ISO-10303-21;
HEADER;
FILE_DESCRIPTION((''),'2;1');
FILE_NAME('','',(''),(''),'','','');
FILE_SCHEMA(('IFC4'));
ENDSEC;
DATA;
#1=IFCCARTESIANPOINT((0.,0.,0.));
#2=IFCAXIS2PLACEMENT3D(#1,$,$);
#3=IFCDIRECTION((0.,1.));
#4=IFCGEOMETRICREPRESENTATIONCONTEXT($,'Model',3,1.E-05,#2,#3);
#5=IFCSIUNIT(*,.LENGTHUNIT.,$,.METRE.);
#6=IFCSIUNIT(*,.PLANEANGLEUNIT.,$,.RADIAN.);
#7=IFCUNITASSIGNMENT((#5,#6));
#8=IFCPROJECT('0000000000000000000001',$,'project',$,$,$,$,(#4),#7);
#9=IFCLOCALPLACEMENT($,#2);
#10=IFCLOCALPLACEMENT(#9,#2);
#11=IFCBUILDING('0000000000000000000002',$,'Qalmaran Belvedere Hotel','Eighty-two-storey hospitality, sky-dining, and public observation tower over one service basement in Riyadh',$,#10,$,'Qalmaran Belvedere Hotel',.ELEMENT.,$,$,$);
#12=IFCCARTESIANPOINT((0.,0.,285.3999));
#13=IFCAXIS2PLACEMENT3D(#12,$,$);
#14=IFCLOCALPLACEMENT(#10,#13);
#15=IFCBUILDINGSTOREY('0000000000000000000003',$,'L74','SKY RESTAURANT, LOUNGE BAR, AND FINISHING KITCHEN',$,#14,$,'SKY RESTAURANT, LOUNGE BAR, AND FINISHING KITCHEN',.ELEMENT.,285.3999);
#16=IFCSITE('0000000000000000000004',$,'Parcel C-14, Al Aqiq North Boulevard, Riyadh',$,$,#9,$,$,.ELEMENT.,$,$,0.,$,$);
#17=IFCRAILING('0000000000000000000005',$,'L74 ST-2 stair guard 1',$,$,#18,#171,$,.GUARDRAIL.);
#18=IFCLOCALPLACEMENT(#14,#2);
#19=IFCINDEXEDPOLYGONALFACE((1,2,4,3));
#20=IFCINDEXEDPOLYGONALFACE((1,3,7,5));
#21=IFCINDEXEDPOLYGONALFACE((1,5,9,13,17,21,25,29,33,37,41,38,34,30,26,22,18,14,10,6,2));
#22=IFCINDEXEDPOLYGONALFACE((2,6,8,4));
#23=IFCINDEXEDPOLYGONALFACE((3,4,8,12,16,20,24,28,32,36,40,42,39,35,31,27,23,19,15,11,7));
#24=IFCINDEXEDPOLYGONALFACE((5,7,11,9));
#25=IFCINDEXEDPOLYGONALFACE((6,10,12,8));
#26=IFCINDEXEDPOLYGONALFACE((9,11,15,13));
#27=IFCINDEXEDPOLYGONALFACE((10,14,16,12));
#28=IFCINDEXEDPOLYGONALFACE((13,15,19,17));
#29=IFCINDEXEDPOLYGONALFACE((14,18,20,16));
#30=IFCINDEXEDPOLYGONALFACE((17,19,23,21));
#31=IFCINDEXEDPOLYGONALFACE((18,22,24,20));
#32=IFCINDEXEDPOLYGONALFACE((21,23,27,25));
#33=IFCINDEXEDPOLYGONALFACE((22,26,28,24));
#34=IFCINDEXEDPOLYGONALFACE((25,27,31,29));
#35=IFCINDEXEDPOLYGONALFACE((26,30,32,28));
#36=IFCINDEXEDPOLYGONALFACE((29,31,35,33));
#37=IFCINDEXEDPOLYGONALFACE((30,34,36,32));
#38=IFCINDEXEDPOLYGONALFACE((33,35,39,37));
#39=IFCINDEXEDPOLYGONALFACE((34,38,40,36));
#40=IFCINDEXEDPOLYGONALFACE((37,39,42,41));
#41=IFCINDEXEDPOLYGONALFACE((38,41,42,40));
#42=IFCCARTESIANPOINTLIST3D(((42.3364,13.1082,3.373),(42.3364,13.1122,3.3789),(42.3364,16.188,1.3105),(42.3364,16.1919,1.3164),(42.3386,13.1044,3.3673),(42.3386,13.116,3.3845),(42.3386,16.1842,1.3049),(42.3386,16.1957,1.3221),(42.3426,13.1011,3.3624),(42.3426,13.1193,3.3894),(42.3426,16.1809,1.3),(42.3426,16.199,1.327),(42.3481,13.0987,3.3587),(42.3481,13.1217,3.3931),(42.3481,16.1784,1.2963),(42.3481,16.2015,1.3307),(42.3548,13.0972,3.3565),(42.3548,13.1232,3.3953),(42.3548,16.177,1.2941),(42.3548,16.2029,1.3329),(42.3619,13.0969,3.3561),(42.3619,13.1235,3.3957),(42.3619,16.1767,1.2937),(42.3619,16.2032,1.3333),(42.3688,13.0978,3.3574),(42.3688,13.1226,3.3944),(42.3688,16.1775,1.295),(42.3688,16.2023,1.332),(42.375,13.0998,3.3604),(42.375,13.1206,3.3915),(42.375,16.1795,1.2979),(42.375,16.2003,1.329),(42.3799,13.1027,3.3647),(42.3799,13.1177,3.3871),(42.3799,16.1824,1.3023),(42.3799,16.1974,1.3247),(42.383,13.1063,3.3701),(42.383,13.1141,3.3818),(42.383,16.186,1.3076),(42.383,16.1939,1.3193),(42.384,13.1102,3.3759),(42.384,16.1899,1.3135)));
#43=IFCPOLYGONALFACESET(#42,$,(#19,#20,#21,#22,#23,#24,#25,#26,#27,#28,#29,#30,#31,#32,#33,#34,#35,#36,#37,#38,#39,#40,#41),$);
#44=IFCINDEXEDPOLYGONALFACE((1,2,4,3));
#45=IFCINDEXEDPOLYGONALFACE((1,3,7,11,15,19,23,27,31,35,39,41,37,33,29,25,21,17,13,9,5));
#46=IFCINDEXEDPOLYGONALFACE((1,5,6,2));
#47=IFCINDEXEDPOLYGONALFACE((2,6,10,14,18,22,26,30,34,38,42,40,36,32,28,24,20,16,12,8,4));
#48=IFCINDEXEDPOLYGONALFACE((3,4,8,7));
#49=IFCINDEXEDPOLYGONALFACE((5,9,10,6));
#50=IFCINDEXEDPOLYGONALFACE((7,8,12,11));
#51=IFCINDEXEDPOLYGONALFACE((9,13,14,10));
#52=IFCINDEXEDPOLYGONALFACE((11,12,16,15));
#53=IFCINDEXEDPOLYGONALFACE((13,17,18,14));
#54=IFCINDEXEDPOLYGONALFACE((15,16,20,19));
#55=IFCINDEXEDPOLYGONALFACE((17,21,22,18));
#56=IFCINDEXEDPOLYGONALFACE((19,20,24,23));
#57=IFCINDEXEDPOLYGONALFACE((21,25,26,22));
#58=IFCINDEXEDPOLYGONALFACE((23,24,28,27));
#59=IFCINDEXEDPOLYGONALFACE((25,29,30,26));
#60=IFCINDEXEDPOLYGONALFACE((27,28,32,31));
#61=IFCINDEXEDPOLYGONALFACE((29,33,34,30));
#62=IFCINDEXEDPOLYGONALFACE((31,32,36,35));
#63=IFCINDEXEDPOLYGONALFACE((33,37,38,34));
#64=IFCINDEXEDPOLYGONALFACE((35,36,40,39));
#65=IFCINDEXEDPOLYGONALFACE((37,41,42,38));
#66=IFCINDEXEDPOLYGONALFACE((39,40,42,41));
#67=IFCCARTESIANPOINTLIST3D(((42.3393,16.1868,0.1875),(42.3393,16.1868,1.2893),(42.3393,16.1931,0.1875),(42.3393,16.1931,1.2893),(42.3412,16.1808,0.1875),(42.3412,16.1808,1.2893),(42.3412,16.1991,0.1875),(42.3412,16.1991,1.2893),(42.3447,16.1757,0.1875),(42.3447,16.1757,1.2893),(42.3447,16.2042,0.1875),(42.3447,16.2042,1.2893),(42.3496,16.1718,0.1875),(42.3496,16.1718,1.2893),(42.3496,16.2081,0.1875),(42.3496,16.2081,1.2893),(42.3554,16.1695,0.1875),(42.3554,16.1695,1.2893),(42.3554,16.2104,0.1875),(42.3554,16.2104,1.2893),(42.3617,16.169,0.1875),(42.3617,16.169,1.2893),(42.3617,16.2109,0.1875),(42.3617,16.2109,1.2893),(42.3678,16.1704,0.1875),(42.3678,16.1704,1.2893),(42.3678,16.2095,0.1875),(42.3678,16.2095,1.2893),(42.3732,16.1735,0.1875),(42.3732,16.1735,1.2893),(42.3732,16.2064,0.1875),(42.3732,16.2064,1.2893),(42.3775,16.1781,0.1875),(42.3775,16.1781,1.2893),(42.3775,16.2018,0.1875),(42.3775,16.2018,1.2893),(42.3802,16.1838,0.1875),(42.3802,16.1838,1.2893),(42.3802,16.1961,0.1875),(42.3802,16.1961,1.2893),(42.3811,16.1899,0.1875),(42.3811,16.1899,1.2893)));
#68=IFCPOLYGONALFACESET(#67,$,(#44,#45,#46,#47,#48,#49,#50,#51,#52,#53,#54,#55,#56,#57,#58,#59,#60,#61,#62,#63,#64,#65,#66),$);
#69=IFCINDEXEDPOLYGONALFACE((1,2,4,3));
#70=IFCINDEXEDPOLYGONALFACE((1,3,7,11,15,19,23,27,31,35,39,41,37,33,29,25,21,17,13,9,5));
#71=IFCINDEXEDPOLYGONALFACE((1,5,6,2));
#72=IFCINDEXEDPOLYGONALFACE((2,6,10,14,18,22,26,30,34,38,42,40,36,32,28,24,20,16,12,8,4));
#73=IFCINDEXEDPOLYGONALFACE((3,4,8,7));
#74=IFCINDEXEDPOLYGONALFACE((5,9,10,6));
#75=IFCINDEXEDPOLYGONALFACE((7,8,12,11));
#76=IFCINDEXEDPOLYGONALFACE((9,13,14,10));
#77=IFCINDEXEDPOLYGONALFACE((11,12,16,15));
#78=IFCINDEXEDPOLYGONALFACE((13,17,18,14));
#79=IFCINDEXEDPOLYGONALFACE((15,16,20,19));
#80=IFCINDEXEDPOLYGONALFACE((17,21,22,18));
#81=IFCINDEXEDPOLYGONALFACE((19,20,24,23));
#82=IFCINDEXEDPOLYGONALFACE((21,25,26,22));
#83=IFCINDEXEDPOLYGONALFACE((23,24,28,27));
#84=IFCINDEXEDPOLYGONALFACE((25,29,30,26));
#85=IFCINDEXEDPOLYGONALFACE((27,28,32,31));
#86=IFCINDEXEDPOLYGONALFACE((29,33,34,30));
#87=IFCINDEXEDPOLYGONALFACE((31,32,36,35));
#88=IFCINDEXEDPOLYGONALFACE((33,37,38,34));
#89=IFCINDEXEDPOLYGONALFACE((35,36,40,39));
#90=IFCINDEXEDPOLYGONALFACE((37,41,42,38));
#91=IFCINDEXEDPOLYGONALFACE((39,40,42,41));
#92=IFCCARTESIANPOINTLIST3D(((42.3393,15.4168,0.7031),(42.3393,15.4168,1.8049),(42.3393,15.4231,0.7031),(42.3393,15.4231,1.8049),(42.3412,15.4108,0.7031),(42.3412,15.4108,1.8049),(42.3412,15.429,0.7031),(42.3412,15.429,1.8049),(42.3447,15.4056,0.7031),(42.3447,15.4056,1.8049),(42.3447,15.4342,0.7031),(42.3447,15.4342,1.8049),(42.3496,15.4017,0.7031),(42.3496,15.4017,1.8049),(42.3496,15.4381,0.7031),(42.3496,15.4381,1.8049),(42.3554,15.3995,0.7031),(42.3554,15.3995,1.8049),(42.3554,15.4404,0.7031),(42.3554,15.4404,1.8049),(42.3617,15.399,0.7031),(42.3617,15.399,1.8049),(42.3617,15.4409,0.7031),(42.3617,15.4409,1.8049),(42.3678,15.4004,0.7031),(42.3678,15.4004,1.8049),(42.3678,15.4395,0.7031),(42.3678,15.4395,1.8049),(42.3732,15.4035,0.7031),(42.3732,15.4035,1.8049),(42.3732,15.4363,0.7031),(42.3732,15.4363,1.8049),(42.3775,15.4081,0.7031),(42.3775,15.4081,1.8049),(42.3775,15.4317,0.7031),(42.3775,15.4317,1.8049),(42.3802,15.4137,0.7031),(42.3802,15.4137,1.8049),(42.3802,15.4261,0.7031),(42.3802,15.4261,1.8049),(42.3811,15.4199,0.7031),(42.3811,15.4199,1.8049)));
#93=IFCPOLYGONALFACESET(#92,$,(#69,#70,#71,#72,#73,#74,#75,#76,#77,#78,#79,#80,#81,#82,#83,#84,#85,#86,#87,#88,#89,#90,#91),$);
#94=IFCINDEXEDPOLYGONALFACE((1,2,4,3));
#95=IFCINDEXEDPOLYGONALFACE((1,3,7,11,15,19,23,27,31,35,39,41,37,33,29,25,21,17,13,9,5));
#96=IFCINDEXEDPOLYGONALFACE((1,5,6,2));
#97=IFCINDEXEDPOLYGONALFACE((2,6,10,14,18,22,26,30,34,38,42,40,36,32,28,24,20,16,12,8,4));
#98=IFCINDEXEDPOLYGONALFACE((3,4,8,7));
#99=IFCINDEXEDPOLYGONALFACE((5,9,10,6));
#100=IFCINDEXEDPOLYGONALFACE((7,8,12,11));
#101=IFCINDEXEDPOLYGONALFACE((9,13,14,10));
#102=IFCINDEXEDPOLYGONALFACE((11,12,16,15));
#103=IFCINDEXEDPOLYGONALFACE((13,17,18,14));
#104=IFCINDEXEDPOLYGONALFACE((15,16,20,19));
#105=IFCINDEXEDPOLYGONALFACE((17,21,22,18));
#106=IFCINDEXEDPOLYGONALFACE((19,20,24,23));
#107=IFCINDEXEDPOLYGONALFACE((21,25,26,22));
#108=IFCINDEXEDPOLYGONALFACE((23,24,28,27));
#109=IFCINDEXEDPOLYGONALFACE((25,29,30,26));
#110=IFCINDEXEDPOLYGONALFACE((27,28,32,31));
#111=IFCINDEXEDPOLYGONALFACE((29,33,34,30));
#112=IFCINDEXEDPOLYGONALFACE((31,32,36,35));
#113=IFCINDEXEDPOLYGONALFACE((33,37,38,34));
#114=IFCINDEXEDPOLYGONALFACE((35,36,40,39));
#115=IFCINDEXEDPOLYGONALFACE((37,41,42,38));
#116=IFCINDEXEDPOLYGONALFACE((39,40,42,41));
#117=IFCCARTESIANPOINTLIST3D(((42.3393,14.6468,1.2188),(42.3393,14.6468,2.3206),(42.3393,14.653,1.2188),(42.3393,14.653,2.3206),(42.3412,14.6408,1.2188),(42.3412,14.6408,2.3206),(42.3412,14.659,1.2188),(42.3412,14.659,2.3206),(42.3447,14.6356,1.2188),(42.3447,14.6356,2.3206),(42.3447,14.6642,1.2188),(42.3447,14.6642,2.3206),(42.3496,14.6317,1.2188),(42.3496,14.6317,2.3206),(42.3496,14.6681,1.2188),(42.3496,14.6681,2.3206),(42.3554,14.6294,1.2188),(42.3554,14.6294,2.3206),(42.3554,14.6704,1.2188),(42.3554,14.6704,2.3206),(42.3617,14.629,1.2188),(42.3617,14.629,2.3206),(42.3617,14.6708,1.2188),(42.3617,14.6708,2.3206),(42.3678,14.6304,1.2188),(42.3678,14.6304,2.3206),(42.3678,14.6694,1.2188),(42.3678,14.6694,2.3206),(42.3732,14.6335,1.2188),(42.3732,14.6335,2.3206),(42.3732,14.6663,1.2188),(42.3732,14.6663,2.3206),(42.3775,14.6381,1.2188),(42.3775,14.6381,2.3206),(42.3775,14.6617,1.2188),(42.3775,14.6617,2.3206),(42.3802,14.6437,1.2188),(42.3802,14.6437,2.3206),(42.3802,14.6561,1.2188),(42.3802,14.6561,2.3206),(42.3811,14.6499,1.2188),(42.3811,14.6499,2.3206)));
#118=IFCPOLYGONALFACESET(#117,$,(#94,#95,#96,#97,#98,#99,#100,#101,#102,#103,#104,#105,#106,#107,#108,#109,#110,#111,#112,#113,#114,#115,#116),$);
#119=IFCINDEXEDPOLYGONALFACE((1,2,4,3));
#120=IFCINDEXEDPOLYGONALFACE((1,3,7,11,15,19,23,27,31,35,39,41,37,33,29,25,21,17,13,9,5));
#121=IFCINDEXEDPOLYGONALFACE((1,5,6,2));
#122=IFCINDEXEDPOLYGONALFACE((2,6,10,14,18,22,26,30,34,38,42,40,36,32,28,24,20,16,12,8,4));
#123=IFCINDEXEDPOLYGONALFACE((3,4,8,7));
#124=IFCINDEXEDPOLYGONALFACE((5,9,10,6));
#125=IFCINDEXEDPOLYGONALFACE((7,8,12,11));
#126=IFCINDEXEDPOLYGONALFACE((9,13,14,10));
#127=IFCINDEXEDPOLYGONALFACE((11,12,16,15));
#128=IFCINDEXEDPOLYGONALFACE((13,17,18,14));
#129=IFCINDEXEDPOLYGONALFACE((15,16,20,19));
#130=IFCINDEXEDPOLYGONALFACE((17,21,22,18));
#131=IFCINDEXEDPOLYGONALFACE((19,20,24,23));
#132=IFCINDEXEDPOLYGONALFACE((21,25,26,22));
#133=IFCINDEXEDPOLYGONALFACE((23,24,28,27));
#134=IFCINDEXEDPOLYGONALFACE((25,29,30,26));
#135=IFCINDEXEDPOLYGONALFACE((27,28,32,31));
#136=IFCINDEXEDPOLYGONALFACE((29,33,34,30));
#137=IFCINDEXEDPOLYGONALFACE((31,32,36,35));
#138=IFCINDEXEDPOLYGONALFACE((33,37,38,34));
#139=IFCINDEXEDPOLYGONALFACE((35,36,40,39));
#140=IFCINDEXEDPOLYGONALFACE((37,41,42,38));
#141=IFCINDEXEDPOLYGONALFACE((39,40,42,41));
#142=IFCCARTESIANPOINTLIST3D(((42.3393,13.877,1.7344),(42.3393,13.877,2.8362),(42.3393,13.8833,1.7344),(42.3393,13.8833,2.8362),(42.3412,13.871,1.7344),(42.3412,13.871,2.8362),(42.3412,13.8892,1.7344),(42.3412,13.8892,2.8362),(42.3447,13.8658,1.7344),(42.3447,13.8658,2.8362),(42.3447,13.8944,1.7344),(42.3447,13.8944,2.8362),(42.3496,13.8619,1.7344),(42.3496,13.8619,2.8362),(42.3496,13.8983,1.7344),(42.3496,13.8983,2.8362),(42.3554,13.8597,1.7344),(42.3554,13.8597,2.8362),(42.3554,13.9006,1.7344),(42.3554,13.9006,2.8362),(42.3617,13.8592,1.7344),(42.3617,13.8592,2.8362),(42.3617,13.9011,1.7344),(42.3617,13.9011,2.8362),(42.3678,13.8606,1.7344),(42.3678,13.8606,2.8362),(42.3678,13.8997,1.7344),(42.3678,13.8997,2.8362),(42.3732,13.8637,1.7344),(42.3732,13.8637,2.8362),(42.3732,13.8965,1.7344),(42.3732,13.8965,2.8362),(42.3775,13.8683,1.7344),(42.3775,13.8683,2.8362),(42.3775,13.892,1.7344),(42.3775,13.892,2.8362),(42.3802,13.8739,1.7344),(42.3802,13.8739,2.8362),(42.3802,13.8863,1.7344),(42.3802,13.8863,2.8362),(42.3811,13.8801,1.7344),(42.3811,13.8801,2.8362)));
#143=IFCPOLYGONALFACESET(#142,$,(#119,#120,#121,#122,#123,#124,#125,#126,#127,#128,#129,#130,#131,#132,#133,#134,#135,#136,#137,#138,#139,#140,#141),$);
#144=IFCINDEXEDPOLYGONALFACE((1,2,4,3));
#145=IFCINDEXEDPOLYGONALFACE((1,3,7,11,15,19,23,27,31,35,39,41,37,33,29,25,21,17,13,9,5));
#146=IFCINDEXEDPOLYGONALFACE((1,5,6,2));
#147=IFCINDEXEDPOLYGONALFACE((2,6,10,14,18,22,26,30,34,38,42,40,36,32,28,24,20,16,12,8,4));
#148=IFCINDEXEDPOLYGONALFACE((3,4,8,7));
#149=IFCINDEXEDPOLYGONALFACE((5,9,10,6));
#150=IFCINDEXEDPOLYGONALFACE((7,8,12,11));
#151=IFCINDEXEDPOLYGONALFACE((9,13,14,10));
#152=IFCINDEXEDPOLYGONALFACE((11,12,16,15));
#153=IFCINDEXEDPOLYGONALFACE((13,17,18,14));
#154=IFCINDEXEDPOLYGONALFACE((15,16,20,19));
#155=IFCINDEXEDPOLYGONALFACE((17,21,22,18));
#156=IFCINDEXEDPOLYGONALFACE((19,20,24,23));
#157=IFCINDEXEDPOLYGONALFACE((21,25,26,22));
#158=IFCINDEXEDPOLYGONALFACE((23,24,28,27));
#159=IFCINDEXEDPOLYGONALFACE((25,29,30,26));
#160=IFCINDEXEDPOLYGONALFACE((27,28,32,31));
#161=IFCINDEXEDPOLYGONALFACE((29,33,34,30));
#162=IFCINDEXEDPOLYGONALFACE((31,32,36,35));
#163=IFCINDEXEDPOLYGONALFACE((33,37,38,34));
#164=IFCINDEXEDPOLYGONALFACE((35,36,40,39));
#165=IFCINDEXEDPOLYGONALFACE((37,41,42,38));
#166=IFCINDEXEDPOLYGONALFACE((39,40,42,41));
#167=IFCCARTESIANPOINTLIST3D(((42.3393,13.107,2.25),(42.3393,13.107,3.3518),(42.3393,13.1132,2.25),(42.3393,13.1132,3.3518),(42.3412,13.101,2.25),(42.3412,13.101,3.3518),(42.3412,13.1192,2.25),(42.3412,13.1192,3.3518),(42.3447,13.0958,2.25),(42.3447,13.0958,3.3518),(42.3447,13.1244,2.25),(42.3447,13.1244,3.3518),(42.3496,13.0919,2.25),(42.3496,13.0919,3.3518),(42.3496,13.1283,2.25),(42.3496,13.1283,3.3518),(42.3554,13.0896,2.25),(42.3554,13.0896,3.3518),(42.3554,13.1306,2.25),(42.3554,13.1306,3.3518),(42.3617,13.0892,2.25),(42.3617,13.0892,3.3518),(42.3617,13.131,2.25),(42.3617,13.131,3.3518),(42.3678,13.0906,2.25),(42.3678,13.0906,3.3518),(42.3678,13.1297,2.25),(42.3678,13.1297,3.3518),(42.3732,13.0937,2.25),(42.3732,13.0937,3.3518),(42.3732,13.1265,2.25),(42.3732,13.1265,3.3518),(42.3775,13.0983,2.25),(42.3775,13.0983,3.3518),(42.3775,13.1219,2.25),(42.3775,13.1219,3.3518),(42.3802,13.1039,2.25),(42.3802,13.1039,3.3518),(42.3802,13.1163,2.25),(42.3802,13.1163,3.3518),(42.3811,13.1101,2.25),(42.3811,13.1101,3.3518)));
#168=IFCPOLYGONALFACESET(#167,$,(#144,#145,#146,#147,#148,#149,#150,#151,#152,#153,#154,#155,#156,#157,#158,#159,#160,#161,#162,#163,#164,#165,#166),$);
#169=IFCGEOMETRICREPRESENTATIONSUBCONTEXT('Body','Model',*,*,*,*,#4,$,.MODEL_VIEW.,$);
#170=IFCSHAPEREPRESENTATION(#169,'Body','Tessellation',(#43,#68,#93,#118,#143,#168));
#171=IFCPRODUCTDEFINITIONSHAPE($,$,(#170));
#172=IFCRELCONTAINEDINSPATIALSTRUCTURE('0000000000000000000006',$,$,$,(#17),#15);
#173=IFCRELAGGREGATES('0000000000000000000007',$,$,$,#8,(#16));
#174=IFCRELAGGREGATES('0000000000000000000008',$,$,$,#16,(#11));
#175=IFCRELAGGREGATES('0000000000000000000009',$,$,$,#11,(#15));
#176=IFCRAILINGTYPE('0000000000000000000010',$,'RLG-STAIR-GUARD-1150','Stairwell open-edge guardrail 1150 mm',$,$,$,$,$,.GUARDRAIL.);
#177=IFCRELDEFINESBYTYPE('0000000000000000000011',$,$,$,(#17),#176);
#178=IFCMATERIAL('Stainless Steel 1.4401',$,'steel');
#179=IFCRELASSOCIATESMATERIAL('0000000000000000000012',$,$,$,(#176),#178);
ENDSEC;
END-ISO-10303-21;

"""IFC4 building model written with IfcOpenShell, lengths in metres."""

from ifc_helpers import new_model, si_unit, direction, frame, origin, origin_2d, place, context, subcontext, project, spatial, circle, extrude, material, type_object, element, save


model = new_model("IFC4")

# Units and contexts
model_context = context("Model", 3, precision=1e-05, world=origin(), true_north=direction((0.0, 1.0)))
body_context = subcontext(model_context, "Body", "Model", "MODEL_VIEW")
ifc_project = project(units=[si_unit("LENGTHUNIT", "METRE"), si_unit("PLANEANGLEUNIT", "RADIAN")], contexts=[model_context])

# Site, building, storey
site_placement = place(None, origin())
site = spatial("IfcSite", under=ifc_project, at=site_placement, Name="Parcel C-14, Al Aqiq North Boulevard, Riyadh", CompositionType="ELEMENT", RefElevation=0.0)
building_placement = place(site_placement, origin())
building = spatial("IfcBuilding", under=site, at=building_placement, Name="Qalmaran Belvedere Hotel", Description="Eighty-two-storey hospitality, sky-dining, and public observation tower over one service basement in Riyadh", LongName="Qalmaran Belvedere Hotel", CompositionType="ELEMENT")
storey_placement = place(building_placement, frame((0.0, 0.0, 285.3999)))
storey = spatial("IfcBuildingStorey", under=building, at=storey_placement, Name="L74", Description="SKY RESTAURANT, LOUNGE BAR, AND FINISHING KITCHEN", LongName="SKY RESTAURANT, LOUNGE BAR, AND FINISHING KITCHEN", CompositionType="ELEMENT", Elevation=285.3999)

# Railing
ifc_material_1 = material(Name="Stainless Steel 1.4401", Category="steel")
railing_type_1 = type_object("IfcRailingType", Name="RLG-STAIR-GUARD-1150", Description="Stairwell open-edge guardrail 1150 mm", PredefinedType="GUARDRAIL", material=ifc_material_1)
railing_1_placement = place(storey_placement, frame((42.3601, 16.1899, 0.1875)))
element("IfcRailing", 1, at=railing_1_placement, inside=storey, type_object=railing_type_1, Name="L74 ST-2 stair guard 1", PredefinedType="GUARDRAIL", context=body_context, shape_type="SweptSolid", body=[
    extrude(circle(Radius=0.0239, at=origin_2d()), frame((0.0, 0.0, 1.126), z_axis=(0.0, -0.830893, 0.556432), x_axis=(1.0, 0.0, 0.0)), (0.0, 0.0, 1.0), 3.7065),
    extrude(circle(Radius=0.021, at=origin_2d()), origin(), (0.0, 0.0, 1.0), 1.1018),
    extrude(circle(Radius=0.021, at=origin_2d()), frame((0.0, -0.77, 0.5156)), (0.0, 0.0, 1.0), 1.1018),
    extrude(circle(Radius=0.021, at=origin_2d()), frame((0.0, -1.54, 1.0312)), (0.0, 0.0, 1.0), 1.1018),
    extrude(circle(Radius=0.021, at=origin_2d()), frame((0.0, -2.3098, 1.5469)), (0.0, 0.0, 1.0), 1.1018),
    extrude(circle(Radius=0.021, at=origin_2d()), frame((0.0, -3.0798, 2.0625)), (0.0, 0.0, 1.0), 1.1018),
])

save(model, "model.ifc")
